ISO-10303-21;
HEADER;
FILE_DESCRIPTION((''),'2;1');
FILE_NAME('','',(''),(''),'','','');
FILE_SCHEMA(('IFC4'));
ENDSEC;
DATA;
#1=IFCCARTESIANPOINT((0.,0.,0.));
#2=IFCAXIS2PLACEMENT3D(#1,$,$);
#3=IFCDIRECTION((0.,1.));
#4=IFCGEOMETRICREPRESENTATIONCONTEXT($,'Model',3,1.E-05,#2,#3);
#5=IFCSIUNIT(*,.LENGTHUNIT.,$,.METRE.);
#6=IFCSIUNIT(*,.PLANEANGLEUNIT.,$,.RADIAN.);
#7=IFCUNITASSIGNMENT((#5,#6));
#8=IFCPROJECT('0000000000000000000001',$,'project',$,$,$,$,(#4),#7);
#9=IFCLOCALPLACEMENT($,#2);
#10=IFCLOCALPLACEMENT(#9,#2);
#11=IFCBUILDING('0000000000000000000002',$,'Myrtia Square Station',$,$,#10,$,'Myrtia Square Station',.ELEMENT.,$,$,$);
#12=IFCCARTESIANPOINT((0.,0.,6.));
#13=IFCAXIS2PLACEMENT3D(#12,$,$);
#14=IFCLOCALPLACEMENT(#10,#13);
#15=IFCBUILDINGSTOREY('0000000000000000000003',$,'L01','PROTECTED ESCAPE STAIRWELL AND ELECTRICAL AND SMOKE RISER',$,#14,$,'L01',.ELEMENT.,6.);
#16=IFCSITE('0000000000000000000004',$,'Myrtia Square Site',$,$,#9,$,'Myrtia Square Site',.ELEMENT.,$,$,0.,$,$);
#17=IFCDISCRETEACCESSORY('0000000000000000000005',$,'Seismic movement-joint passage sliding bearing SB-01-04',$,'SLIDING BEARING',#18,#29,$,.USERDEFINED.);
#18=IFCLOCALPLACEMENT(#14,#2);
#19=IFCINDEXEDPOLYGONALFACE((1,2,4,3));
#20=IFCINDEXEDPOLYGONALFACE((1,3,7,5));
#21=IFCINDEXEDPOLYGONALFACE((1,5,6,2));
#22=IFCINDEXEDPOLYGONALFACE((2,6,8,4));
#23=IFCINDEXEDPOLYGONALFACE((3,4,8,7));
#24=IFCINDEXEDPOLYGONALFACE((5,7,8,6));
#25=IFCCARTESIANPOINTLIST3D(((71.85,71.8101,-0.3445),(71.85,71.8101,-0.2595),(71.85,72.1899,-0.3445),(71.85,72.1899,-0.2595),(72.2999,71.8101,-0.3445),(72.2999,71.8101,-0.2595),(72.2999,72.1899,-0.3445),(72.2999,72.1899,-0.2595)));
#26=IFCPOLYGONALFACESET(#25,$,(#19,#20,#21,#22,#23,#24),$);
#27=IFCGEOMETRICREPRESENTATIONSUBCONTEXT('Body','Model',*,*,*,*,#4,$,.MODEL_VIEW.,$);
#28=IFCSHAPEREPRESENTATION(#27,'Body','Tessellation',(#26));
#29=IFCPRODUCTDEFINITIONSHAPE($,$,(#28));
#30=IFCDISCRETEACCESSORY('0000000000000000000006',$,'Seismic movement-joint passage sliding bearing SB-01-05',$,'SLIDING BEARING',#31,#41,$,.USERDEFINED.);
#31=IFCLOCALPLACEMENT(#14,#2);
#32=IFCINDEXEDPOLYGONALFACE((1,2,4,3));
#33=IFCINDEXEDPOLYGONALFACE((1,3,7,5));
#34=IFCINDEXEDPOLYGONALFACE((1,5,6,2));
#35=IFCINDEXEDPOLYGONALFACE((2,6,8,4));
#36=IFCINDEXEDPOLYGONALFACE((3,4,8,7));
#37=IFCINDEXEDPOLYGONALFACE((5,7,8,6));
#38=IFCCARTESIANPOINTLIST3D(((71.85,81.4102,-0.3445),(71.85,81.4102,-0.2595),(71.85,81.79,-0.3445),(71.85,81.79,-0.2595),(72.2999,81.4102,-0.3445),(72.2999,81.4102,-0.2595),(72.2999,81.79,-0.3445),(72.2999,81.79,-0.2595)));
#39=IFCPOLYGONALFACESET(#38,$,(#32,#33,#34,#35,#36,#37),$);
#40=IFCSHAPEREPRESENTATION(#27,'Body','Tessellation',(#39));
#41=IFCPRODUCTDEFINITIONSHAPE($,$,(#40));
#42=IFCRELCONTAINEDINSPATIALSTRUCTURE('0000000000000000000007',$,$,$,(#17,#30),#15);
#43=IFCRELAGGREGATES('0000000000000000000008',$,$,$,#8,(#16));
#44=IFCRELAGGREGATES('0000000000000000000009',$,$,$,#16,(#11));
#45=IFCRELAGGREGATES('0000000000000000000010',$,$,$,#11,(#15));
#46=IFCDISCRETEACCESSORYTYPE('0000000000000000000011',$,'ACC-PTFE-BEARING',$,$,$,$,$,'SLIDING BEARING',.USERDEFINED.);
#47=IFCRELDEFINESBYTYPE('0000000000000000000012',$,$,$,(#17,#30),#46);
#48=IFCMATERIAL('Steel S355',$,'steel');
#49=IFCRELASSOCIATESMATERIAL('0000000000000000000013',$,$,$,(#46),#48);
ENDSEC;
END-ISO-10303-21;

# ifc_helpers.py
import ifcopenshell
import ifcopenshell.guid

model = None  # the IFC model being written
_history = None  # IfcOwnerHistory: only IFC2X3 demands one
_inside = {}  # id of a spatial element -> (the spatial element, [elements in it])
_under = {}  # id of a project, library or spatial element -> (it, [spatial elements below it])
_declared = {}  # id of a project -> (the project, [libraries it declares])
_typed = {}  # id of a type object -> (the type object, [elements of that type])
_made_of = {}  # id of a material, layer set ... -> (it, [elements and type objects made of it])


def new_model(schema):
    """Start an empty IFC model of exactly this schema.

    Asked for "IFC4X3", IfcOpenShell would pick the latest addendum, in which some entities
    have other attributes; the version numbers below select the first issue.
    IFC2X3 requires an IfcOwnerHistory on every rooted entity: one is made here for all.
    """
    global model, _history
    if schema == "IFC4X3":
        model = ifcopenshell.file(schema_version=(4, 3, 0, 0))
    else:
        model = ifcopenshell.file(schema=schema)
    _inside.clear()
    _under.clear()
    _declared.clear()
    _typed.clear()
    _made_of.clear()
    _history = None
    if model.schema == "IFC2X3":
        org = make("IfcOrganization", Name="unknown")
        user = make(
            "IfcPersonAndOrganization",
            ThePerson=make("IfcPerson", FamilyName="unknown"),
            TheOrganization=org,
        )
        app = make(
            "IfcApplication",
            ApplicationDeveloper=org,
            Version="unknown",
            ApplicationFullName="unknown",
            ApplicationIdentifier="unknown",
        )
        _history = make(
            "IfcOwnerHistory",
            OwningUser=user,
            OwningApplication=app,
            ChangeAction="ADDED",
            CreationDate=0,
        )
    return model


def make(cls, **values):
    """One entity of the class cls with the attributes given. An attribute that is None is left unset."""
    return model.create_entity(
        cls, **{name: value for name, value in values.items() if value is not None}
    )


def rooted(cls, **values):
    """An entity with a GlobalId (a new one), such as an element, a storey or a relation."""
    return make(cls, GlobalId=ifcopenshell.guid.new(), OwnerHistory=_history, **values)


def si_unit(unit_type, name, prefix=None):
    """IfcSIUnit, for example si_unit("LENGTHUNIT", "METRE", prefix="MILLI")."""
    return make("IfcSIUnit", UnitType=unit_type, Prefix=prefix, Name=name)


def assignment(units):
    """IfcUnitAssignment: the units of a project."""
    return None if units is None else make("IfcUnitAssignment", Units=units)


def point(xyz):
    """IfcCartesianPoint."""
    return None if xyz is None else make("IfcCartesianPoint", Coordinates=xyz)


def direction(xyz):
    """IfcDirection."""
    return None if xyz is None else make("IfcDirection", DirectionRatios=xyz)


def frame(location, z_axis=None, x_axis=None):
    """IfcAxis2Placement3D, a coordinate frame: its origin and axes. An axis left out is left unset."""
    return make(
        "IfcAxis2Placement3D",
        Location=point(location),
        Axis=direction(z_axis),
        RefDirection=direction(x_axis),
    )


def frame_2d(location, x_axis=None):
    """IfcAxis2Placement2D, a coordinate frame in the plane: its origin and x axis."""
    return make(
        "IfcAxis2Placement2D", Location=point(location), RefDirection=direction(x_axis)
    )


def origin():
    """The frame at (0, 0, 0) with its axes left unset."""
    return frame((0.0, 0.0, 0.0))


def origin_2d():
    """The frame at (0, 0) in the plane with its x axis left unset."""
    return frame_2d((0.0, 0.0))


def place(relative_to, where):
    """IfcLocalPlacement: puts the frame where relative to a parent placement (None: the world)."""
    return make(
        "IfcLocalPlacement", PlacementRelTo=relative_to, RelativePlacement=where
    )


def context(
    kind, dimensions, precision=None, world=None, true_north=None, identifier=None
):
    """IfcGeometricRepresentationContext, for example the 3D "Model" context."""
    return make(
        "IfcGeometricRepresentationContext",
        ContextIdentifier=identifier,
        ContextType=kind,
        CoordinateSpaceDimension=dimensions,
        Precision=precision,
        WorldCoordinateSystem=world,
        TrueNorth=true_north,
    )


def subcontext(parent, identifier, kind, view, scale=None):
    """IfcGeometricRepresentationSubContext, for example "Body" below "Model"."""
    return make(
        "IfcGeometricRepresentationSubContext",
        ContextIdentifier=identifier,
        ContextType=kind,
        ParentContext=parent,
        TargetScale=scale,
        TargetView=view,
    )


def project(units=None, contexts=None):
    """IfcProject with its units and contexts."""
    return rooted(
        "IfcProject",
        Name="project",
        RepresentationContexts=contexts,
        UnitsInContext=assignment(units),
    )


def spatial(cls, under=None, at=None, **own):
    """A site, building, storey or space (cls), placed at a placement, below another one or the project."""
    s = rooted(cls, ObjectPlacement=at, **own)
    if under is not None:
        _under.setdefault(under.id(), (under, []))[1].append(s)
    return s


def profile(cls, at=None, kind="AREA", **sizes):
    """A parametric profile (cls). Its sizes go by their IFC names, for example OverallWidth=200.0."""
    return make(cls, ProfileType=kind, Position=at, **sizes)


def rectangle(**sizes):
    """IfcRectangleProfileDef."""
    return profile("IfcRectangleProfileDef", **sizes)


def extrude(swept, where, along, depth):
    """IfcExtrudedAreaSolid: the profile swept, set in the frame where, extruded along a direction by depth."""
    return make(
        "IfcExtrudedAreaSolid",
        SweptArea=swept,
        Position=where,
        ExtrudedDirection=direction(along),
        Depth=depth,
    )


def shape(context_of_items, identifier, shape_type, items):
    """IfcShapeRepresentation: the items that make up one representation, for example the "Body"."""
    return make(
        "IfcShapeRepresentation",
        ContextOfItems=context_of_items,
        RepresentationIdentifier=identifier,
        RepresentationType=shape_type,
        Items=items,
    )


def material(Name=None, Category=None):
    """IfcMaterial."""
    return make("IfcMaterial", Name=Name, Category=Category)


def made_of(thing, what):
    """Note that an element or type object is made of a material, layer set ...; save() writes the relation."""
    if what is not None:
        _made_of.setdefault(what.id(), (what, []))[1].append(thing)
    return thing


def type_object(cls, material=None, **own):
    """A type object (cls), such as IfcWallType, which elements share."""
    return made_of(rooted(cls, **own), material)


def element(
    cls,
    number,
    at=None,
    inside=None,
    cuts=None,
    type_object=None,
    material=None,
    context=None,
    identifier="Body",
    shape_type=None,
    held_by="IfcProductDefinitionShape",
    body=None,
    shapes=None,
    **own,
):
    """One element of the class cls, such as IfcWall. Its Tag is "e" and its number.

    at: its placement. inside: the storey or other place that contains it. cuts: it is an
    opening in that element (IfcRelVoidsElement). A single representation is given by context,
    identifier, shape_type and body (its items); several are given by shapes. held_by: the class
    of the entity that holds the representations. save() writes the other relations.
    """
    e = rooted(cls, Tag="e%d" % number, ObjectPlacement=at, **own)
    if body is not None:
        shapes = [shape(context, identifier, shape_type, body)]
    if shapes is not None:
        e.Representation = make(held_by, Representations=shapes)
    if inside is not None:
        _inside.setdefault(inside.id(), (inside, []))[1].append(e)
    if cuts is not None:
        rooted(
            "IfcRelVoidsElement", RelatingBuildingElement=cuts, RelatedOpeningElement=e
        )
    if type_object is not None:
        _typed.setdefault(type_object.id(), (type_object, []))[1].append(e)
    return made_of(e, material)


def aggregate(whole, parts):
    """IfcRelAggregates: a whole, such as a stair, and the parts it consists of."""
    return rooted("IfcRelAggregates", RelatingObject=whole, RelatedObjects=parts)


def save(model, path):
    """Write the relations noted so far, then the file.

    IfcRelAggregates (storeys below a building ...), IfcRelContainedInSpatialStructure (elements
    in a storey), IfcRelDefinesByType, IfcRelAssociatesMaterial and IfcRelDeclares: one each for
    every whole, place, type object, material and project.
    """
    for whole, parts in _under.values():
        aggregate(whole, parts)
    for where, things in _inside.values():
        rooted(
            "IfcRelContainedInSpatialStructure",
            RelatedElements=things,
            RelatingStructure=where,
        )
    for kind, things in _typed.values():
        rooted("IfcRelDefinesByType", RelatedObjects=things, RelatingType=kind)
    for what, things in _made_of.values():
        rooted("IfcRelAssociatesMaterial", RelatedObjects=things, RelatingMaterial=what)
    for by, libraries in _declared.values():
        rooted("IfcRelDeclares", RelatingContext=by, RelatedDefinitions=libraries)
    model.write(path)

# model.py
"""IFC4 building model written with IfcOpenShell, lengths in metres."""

from ifc_helpers import new_model, si_unit, direction, frame, origin, origin_2d, place, context, subcontext, project, spatial, rectangle, extrude, material, type_object, element, save


model = new_model("IFC4")

# Units and contexts
model_context = context("Model", 3, precision=1e-05, world=origin(), true_north=direction((0.0, 1.0)))
body_context = subcontext(model_context, "Body", "Model", "MODEL_VIEW")
ifc_project = project(units=[si_unit("LENGTHUNIT", "METRE"), si_unit("PLANEANGLEUNIT", "RADIAN")], contexts=[model_context])

# Site, building, storey
site_placement = place(None, origin())
site = spatial("IfcSite", under=ifc_project, at=site_placement, Name="Myrtia Square Site", LongName="Myrtia Square Site", CompositionType="ELEMENT", RefElevation=0.0)
building_placement = place(site_placement, origin())
building = spatial("IfcBuilding", under=site, at=building_placement, Name="Myrtia Square Station", LongName="Myrtia Square Station", CompositionType="ELEMENT")
storey_placement = place(building_placement, frame((0.0, 0.0, 6.0)))
storey = spatial("IfcBuildingStorey", under=building, at=storey_placement, Name="L01", Description="PROTECTED ESCAPE STAIRWELL AND ELECTRICAL AND SMOKE RISER", LongName="L01", CompositionType="ELEMENT", Elevation=6.0)

# Shared definitions
ifc_material_1 = material(Name="Steel S355", Category="steel")

# Discrete accessories
discrete_accessory_type = type_object("IfcDiscreteAccessoryType", Name="ACC-PTFE-BEARING", ElementType="SLIDING BEARING", PredefinedType="USERDEFINED", material=ifc_material_1)
for number, where, z_axis, x_axis, name in (
    (1, (72.075, 72.0, -0.3445), (0.0, 0.0, 1.0), (1.0, 0.0, 0.0), "Seismic movement-joint passage sliding bearing SB-01-04"),
    (2, (72.075, 81.6001, -0.3445), (0.0, 0.0, 1.0), (1.0, 0.0, 0.0), "Seismic movement-joint passage sliding bearing SB-01-05"),
):
    element("IfcDiscreteAccessory", number, at=place(storey_placement, frame(where, z_axis=z_axis, x_axis=x_axis)), inside=storey, type_object=discrete_accessory_type, Name=name, ObjectType="SLIDING BEARING", PredefinedType="USERDEFINED", context=body_context, shape_type="SweptSolid", body=[
        extrude(rectangle(XDim=0.45, YDim=0.3799, at=origin_2d()), origin(), (0.0, 0.0, 1.0), 0.085),
    ])

save(model, "model.ifc")
